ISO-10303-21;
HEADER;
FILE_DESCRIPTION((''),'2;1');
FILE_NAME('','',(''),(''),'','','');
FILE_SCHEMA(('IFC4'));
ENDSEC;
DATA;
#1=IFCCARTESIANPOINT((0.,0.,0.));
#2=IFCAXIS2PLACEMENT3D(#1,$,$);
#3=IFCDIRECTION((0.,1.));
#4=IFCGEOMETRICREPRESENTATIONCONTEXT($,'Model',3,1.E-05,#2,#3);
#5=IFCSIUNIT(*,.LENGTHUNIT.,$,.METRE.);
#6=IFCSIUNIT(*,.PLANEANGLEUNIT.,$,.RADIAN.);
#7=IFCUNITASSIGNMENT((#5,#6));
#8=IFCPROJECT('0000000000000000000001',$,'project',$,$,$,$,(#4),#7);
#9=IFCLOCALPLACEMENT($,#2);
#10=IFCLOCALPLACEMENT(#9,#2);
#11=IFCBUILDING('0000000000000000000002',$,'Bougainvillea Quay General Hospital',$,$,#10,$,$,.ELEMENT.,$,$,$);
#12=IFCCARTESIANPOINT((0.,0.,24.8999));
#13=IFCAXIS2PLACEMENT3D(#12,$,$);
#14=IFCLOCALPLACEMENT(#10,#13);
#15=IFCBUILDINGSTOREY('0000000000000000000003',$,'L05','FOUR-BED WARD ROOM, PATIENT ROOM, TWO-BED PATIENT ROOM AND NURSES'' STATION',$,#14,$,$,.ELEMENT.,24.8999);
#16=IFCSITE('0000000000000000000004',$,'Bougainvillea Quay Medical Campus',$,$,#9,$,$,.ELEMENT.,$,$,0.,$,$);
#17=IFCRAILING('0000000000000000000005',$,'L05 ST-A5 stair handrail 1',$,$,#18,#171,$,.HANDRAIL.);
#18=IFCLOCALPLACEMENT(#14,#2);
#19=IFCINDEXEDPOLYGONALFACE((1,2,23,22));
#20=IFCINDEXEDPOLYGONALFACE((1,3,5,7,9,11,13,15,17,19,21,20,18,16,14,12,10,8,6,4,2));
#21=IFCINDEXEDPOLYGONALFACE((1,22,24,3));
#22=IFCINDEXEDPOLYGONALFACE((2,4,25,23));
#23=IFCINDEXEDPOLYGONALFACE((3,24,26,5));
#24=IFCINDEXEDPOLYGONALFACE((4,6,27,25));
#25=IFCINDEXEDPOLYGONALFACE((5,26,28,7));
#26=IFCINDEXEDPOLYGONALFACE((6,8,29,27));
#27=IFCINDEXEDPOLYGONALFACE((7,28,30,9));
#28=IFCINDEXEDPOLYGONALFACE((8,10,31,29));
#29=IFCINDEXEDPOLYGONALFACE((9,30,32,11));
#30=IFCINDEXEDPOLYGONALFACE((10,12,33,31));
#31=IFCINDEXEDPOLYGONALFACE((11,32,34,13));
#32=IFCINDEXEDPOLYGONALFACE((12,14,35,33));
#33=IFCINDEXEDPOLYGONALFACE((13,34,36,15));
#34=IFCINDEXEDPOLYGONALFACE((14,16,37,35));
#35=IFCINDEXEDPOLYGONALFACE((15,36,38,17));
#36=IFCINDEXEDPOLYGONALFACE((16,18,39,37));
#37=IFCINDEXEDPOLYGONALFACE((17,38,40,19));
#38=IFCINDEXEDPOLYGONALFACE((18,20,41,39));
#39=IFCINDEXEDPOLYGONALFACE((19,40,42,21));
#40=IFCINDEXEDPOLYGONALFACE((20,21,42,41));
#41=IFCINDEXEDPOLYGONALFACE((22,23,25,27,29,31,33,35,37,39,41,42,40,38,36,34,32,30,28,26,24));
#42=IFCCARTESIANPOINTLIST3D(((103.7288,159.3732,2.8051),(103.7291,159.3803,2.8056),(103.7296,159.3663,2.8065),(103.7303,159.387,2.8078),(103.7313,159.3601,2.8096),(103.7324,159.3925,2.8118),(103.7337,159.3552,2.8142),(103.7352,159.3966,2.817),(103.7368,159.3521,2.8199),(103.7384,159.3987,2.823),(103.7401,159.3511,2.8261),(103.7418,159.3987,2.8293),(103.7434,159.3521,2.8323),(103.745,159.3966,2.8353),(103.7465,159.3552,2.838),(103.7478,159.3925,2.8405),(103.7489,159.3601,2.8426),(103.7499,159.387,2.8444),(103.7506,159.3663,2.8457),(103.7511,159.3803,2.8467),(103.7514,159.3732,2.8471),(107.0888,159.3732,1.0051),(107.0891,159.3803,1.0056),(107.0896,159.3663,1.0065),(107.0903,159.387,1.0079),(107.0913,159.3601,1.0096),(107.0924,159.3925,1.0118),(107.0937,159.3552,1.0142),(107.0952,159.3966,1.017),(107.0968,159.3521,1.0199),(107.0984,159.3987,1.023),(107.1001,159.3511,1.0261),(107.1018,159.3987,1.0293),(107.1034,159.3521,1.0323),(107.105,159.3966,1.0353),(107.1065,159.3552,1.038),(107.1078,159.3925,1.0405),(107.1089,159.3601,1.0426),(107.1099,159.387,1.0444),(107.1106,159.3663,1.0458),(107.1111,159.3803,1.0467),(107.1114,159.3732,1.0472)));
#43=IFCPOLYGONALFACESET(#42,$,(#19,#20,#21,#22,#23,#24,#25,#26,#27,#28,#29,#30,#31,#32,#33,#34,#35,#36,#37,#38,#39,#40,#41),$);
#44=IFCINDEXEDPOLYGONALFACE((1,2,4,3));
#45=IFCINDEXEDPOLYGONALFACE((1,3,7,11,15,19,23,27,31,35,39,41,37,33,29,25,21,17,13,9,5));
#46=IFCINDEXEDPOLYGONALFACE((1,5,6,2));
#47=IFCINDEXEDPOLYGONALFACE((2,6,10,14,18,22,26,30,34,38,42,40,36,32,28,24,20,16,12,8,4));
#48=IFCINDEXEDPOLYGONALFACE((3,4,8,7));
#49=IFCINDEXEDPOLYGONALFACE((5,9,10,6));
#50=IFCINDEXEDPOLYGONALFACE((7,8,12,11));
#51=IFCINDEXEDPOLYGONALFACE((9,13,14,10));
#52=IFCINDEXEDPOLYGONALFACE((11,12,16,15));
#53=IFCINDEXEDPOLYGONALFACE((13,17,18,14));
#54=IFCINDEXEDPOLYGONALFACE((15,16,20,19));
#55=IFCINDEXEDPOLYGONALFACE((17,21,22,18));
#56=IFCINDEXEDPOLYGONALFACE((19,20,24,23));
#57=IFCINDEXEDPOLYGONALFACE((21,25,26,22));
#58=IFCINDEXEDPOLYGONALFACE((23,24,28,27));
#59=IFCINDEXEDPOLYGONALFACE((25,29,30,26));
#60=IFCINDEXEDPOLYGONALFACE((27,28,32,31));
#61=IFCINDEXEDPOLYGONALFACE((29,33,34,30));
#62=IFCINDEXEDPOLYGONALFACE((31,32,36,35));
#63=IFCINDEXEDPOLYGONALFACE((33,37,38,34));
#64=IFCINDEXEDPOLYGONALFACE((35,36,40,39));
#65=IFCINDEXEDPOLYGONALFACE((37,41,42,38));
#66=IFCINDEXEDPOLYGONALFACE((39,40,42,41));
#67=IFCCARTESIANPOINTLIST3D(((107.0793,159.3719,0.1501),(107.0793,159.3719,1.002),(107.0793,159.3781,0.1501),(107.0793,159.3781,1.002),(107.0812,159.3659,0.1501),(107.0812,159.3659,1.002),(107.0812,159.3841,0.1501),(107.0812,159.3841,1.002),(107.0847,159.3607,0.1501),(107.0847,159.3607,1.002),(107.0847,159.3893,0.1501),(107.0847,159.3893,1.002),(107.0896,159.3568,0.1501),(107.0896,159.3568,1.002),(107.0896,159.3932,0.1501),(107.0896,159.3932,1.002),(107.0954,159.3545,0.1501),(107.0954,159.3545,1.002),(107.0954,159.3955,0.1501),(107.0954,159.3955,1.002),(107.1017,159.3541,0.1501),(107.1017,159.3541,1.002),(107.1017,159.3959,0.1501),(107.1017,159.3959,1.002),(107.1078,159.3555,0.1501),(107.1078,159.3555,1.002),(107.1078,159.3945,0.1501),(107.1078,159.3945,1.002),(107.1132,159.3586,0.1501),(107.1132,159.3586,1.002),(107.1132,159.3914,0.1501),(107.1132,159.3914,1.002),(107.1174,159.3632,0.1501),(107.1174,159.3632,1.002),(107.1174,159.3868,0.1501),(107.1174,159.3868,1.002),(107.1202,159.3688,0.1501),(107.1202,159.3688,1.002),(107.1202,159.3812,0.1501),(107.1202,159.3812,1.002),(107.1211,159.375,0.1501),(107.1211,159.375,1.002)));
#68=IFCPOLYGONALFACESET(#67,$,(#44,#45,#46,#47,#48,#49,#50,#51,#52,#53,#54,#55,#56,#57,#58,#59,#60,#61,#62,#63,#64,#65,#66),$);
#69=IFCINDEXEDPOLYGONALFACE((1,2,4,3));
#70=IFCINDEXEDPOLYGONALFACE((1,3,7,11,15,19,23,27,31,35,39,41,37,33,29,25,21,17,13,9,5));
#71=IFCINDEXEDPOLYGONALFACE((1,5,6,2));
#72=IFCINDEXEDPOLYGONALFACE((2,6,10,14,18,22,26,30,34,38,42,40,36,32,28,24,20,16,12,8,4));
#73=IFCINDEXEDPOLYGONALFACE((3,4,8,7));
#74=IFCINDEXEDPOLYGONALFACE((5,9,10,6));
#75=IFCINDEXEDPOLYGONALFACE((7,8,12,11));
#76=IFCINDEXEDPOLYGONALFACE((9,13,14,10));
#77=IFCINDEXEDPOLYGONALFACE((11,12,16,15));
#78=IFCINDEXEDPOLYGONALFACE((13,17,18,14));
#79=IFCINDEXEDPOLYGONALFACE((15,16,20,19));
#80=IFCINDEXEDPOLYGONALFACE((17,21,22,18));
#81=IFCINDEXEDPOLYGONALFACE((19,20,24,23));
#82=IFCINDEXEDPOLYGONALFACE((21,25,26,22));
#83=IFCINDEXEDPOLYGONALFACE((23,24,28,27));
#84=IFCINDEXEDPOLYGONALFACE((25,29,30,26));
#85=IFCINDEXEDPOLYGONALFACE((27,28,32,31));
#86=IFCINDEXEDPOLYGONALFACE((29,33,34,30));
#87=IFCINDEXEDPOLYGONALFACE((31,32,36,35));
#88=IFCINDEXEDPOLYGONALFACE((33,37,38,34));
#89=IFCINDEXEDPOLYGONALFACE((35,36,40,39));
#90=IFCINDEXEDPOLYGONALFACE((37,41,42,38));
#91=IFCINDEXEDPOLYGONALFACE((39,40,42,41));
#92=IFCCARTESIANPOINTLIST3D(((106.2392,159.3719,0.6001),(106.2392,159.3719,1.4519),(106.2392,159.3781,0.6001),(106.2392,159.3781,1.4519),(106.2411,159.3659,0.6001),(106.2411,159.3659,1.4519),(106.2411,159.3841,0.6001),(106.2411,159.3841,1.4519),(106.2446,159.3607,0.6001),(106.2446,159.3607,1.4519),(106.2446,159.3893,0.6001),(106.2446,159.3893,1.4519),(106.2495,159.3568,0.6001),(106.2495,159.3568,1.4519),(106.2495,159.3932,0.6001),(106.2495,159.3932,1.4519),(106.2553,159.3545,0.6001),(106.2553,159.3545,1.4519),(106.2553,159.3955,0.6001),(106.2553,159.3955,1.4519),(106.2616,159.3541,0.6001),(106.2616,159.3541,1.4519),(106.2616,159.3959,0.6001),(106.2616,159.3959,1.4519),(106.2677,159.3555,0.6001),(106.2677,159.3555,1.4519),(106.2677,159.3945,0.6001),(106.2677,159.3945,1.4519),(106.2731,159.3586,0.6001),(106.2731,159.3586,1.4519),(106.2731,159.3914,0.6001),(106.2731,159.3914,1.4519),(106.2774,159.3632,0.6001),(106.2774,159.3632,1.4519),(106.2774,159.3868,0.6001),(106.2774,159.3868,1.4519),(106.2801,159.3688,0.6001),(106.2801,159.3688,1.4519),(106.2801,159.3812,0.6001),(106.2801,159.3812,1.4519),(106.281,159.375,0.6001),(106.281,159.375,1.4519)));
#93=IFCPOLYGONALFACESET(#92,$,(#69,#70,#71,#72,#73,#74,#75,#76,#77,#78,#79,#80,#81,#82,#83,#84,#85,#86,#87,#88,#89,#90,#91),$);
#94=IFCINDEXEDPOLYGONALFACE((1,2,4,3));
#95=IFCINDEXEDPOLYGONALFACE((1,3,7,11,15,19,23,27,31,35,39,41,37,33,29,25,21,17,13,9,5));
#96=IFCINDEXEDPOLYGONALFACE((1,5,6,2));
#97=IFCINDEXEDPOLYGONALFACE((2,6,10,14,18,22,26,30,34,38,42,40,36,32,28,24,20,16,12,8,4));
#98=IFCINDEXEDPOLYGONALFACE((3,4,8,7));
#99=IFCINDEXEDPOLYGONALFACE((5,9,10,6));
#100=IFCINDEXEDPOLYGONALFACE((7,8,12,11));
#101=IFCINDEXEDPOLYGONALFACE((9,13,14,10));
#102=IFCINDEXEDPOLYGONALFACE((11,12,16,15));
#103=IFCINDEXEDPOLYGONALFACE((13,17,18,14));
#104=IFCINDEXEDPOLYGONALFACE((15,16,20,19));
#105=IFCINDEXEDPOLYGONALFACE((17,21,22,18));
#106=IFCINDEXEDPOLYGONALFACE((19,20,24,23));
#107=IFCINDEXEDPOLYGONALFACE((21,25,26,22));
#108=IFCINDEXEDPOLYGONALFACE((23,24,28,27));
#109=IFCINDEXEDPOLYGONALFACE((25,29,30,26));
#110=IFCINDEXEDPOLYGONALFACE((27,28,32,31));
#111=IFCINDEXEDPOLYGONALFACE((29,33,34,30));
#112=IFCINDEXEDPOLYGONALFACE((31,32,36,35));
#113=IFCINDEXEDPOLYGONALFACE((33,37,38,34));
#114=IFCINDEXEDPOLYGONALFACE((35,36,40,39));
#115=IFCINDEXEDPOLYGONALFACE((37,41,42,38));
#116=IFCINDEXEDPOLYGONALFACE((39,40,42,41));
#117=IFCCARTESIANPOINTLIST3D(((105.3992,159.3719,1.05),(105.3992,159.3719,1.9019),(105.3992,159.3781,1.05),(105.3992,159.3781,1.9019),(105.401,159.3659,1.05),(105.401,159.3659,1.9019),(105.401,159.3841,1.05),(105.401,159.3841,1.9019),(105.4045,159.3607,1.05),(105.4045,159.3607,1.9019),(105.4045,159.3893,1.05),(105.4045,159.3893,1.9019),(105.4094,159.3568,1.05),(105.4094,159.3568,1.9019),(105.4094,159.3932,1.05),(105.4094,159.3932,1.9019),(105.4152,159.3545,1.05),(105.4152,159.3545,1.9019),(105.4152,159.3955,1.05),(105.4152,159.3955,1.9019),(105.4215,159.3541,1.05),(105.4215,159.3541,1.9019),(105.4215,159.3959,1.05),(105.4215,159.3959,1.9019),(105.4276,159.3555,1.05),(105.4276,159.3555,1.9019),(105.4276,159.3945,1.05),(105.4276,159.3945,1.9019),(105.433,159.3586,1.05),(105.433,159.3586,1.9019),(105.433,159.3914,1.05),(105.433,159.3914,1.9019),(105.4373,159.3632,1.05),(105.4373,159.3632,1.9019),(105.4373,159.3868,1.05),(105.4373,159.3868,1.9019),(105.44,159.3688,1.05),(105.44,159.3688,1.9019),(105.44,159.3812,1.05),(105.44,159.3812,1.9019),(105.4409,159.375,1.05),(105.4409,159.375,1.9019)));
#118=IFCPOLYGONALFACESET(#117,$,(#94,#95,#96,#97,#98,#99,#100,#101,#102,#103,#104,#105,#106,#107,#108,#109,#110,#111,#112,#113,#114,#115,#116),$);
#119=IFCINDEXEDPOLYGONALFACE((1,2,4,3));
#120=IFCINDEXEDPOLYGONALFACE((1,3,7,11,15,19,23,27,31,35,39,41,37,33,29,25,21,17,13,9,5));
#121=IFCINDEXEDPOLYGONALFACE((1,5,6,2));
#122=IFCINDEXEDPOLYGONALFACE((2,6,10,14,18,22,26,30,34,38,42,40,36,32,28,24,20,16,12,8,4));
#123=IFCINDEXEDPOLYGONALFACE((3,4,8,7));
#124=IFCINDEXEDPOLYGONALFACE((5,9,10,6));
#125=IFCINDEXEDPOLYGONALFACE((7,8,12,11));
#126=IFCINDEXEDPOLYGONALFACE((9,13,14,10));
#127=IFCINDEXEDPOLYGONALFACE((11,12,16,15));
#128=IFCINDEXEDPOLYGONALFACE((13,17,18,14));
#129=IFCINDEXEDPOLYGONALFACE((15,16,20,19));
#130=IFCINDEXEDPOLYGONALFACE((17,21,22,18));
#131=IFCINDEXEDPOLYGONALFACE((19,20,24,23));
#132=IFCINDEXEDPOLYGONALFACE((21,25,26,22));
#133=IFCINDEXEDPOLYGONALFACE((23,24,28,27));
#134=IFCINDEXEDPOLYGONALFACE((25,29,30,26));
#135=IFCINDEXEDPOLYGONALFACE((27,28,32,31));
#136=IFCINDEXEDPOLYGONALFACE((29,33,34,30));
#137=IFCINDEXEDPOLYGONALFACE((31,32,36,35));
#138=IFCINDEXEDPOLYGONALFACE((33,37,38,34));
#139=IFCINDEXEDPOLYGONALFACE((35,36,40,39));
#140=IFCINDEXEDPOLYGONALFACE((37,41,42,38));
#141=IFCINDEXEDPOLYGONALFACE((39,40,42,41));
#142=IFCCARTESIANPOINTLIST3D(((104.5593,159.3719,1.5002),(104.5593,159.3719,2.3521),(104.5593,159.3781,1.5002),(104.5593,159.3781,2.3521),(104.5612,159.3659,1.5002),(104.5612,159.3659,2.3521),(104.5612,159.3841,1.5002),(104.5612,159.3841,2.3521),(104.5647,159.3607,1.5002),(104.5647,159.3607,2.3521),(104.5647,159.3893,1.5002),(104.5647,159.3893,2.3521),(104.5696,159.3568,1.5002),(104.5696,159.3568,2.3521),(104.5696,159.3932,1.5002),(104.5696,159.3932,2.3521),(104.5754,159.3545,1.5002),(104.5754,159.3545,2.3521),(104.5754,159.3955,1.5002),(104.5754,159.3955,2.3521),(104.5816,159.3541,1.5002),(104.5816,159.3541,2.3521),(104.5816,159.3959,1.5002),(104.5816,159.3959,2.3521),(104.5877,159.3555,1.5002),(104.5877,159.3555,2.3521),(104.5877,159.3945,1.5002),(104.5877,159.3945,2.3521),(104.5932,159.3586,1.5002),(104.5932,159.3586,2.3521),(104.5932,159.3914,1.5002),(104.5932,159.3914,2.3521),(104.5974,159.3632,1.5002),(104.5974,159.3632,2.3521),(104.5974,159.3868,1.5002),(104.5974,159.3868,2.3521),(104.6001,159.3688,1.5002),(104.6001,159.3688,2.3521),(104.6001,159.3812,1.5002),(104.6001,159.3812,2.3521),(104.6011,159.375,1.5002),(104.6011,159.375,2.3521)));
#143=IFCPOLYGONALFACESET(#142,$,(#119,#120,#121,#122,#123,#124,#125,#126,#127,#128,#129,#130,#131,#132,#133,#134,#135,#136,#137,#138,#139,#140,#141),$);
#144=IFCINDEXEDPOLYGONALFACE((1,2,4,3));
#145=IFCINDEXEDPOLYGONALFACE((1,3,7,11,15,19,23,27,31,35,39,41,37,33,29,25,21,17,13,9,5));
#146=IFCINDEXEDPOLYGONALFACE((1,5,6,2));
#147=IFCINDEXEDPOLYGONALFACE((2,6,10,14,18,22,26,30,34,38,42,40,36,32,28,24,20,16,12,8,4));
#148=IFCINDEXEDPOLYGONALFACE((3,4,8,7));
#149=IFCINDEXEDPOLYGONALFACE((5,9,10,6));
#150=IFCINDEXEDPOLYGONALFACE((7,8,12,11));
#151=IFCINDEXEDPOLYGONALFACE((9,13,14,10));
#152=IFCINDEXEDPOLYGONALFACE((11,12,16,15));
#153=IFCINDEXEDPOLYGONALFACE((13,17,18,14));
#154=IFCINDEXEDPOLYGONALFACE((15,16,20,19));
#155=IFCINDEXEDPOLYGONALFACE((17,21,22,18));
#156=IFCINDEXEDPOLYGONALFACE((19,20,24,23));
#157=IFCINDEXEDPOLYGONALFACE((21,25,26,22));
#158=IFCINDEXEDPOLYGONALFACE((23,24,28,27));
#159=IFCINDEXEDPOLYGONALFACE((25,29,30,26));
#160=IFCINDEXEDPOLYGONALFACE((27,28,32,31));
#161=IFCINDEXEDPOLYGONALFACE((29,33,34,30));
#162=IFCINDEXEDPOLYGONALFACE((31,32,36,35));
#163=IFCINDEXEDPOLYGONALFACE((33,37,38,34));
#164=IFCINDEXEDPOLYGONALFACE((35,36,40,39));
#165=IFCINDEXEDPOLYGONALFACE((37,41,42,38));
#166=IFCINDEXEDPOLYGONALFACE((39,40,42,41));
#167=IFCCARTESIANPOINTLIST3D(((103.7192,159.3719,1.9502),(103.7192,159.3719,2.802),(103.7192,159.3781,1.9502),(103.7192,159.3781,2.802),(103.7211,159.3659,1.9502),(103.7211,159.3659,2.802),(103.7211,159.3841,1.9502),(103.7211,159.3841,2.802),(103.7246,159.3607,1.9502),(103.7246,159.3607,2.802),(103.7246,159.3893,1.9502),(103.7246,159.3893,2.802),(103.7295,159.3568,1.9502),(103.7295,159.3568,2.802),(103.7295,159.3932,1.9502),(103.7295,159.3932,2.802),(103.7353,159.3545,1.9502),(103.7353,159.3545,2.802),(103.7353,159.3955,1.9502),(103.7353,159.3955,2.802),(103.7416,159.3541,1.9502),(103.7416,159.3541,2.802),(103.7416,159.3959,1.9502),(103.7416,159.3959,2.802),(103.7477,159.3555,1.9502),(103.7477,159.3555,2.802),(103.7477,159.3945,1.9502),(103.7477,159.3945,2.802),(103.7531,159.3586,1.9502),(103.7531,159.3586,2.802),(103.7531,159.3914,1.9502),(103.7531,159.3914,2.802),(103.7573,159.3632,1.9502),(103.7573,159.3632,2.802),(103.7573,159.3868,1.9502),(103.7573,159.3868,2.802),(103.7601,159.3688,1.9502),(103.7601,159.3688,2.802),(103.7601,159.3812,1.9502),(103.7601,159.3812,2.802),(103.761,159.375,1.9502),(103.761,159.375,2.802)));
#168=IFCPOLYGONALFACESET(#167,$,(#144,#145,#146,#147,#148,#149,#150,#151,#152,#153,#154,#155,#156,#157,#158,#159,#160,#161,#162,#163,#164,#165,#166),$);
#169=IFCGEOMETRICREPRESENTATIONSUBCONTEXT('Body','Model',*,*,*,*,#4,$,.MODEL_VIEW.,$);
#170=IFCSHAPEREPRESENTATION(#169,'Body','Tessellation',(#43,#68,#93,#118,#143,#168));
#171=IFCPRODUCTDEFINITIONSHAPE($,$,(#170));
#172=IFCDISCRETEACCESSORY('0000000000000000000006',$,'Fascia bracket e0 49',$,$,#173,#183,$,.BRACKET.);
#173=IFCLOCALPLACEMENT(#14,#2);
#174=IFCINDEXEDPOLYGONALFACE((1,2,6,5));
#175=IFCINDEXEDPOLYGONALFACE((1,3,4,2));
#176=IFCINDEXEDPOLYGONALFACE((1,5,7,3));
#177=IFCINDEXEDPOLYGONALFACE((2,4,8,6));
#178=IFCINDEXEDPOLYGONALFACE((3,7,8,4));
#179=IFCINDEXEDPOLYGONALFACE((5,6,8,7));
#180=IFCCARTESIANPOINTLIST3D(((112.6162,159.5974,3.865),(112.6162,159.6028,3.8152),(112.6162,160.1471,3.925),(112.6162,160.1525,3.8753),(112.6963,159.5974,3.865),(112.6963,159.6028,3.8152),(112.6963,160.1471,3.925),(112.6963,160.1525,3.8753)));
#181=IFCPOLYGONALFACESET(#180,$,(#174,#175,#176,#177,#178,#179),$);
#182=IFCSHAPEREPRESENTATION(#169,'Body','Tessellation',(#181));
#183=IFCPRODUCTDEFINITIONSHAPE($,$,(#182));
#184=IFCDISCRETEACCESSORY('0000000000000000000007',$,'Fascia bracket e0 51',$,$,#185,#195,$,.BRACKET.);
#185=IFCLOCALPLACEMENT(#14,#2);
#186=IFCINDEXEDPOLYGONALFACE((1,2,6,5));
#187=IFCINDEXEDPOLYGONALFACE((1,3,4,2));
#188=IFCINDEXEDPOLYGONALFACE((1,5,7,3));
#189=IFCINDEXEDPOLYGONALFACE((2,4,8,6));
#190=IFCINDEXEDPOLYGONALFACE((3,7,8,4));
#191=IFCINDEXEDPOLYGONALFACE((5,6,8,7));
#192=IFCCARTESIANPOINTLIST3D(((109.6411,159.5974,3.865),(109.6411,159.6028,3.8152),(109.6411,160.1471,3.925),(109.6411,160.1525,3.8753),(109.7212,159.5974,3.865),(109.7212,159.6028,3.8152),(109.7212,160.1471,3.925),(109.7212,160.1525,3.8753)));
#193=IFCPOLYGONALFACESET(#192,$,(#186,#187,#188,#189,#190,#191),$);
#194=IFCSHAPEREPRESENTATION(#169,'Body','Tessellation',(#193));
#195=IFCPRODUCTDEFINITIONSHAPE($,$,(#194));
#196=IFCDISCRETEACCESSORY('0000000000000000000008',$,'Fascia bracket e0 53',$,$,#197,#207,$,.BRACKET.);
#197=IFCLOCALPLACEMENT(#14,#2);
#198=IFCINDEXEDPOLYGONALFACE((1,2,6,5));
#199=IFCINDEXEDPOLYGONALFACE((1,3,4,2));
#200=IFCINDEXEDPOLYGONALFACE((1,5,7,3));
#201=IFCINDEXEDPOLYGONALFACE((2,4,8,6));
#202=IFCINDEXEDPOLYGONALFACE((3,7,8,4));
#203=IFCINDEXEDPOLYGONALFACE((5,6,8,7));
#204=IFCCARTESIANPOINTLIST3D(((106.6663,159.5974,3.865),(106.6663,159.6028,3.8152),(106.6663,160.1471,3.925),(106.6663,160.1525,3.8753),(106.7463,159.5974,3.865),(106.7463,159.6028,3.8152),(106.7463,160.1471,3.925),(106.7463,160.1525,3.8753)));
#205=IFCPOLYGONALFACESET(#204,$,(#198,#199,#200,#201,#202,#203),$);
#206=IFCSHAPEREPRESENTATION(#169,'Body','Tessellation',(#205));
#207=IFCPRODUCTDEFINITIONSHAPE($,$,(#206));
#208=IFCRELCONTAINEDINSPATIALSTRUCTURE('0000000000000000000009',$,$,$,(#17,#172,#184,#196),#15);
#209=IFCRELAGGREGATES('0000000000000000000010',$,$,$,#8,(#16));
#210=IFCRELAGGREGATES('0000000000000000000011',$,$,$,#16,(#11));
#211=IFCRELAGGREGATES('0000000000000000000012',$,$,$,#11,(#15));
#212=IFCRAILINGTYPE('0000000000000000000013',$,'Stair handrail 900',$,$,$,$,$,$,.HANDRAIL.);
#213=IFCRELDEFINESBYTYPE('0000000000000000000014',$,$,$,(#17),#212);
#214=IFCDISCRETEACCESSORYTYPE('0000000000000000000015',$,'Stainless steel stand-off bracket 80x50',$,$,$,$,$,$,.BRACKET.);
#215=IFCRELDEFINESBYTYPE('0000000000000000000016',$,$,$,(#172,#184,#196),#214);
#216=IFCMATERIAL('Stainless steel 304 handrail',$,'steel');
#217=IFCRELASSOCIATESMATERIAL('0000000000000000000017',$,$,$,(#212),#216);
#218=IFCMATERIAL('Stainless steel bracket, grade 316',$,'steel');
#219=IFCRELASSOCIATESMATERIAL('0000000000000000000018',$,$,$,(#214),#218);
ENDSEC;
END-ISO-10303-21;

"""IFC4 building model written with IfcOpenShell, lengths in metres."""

from ifc_helpers import new_model, si_unit, direction, frame, origin, origin_2d, place, context, subcontext, project, spatial, rectangle, circle, extrude, material, material_profile, profile_set, type_object, element, save


model = new_model("IFC4")

# Units and contexts
model_context = context("Model", 3, precision=1e-05, world=origin(), true_north=direction((0.0, 1.0)))
body_context = subcontext(model_context, "Body", "Model", "MODEL_VIEW")
ifc_project = project(units=[si_unit("LENGTHUNIT", "METRE"), si_unit("PLANEANGLEUNIT", "RADIAN")], contexts=[model_context])

# Site, building, storey
site_placement = place(None, origin())
site = spatial("IfcSite", under=ifc_project, at=site_placement, Name="Bougainvillea Quay Medical Campus", CompositionType="ELEMENT", RefElevation=0.0)
building_placement = place(site_placement, origin())
building = spatial("IfcBuilding", under=site, at=building_placement, Name="Bougainvillea Quay General Hospital", CompositionType="ELEMENT")
storey_placement = place(building_placement, frame((0.0, 0.0, 24.8999)))
storey = spatial("IfcBuildingStorey", under=building, at=storey_placement, Name="L05", Description="FOUR-BED WARD ROOM, PATIENT ROOM, TWO-BED PATIENT ROOM AND NURSES' STATION", CompositionType="ELEMENT", Elevation=24.8999)

# Railing
ifc_material_1 = material(Name="Stainless steel 304 handrail", Category="steel")
railing_type = type_object("IfcRailingType", Name="Stair handrail 900", PredefinedType="HANDRAIL", material=ifc_material_1)
railing_placement = place(storey_placement, frame((107.1001, 159.375, 0.1501)))
element("IfcRailing", 1, at=railing_placement, inside=storey, type_object=railing_type, Name="L05 ST-A5 stair handrail 1", PredefinedType="HANDRAIL", context=body_context, shape_type="SweptSolid", body=[
    extrude(circle(Radius=0.0239, at=origin_2d()), frame((0.0, 0.0, 0.876), z_axis=(-0.881481, 0.0, 0.47222), x_axis=(0.0, -1.0, 0.0)), (0.0, 0.0, 1.0), 3.8118),
    extrude(circle(Radius=0.021, at=origin_2d()), origin(), (0.0, 0.0, 1.0), 0.8518),
    extrude(circle(Radius=0.021, at=origin_2d()), frame((-0.8401, 0.0, 0.45)), (0.0, 0.0, 1.0), 0.8518),
    extrude(circle(Radius=0.021, at=origin_2d()), frame((-1.6802, 0.0, 0.8999)), (0.0, 0.0, 1.0), 0.8518),
    extrude(circle(Radius=0.021, at=origin_2d()), frame((-2.52, 0.0, 1.3501)), (0.0, 0.0, 1.0), 0.8518),
    extrude(circle(Radius=0.021, at=origin_2d()), frame((-3.3601, 0.0, 1.8)), (0.0, 0.0, 1.0), 0.8518),
])

# Discrete accessories
ifc_material_2 = material(Name="Stainless steel bracket, grade 316", Category="steel")
ifc_material_profile_1 = material_profile(ifc_material_2, rectangle(XDim=0.0801, YDim=0.05, at=origin_2d()))
ifc_profile_set_1 = profile_set([ifc_material_profile_1], Name="Stainless steel bracket, grade 316")
discrete_accessory_type = type_object("IfcDiscreteAccessoryType", Name="Stainless steel stand-off bracket 80x50", PredefinedType="BRACKET", material=ifc_profile_set_1)
for number, where, z_axis, x_axis, name in (
    (2, (112.6562, 159.6001, 3.8401), (0.0, 0.994087, 0.10859), (-1.0, 0.0, 0.0), "Fascia bracket e0 49"),
    (3, (109.6812, 159.6001, 3.8401), (0.0, 0.994087, 0.10859), (-1.0, 0.0, 0.0), "Fascia bracket e0 51"),
    (4, (106.7063, 159.6001, 3.8401), (0.0, 0.994087, 0.10859), (-1.0, 0.0, 0.0), "Fascia bracket e0 53"),
):
    element("IfcDiscreteAccessory", number, at=place(storey_placement, frame(where, z_axis=z_axis, x_axis=x_axis)), inside=storey, type_object=discrete_accessory_type, Name=name, PredefinedType="BRACKET", context=body_context, shape_type="SweptSolid", body=[
        extrude(rectangle(XDim=0.0801, YDim=0.05, at=origin_2d()), origin(), (0.0, 0.0, 1.0), 0.553),
    ])

save(model, "model.ifc")
